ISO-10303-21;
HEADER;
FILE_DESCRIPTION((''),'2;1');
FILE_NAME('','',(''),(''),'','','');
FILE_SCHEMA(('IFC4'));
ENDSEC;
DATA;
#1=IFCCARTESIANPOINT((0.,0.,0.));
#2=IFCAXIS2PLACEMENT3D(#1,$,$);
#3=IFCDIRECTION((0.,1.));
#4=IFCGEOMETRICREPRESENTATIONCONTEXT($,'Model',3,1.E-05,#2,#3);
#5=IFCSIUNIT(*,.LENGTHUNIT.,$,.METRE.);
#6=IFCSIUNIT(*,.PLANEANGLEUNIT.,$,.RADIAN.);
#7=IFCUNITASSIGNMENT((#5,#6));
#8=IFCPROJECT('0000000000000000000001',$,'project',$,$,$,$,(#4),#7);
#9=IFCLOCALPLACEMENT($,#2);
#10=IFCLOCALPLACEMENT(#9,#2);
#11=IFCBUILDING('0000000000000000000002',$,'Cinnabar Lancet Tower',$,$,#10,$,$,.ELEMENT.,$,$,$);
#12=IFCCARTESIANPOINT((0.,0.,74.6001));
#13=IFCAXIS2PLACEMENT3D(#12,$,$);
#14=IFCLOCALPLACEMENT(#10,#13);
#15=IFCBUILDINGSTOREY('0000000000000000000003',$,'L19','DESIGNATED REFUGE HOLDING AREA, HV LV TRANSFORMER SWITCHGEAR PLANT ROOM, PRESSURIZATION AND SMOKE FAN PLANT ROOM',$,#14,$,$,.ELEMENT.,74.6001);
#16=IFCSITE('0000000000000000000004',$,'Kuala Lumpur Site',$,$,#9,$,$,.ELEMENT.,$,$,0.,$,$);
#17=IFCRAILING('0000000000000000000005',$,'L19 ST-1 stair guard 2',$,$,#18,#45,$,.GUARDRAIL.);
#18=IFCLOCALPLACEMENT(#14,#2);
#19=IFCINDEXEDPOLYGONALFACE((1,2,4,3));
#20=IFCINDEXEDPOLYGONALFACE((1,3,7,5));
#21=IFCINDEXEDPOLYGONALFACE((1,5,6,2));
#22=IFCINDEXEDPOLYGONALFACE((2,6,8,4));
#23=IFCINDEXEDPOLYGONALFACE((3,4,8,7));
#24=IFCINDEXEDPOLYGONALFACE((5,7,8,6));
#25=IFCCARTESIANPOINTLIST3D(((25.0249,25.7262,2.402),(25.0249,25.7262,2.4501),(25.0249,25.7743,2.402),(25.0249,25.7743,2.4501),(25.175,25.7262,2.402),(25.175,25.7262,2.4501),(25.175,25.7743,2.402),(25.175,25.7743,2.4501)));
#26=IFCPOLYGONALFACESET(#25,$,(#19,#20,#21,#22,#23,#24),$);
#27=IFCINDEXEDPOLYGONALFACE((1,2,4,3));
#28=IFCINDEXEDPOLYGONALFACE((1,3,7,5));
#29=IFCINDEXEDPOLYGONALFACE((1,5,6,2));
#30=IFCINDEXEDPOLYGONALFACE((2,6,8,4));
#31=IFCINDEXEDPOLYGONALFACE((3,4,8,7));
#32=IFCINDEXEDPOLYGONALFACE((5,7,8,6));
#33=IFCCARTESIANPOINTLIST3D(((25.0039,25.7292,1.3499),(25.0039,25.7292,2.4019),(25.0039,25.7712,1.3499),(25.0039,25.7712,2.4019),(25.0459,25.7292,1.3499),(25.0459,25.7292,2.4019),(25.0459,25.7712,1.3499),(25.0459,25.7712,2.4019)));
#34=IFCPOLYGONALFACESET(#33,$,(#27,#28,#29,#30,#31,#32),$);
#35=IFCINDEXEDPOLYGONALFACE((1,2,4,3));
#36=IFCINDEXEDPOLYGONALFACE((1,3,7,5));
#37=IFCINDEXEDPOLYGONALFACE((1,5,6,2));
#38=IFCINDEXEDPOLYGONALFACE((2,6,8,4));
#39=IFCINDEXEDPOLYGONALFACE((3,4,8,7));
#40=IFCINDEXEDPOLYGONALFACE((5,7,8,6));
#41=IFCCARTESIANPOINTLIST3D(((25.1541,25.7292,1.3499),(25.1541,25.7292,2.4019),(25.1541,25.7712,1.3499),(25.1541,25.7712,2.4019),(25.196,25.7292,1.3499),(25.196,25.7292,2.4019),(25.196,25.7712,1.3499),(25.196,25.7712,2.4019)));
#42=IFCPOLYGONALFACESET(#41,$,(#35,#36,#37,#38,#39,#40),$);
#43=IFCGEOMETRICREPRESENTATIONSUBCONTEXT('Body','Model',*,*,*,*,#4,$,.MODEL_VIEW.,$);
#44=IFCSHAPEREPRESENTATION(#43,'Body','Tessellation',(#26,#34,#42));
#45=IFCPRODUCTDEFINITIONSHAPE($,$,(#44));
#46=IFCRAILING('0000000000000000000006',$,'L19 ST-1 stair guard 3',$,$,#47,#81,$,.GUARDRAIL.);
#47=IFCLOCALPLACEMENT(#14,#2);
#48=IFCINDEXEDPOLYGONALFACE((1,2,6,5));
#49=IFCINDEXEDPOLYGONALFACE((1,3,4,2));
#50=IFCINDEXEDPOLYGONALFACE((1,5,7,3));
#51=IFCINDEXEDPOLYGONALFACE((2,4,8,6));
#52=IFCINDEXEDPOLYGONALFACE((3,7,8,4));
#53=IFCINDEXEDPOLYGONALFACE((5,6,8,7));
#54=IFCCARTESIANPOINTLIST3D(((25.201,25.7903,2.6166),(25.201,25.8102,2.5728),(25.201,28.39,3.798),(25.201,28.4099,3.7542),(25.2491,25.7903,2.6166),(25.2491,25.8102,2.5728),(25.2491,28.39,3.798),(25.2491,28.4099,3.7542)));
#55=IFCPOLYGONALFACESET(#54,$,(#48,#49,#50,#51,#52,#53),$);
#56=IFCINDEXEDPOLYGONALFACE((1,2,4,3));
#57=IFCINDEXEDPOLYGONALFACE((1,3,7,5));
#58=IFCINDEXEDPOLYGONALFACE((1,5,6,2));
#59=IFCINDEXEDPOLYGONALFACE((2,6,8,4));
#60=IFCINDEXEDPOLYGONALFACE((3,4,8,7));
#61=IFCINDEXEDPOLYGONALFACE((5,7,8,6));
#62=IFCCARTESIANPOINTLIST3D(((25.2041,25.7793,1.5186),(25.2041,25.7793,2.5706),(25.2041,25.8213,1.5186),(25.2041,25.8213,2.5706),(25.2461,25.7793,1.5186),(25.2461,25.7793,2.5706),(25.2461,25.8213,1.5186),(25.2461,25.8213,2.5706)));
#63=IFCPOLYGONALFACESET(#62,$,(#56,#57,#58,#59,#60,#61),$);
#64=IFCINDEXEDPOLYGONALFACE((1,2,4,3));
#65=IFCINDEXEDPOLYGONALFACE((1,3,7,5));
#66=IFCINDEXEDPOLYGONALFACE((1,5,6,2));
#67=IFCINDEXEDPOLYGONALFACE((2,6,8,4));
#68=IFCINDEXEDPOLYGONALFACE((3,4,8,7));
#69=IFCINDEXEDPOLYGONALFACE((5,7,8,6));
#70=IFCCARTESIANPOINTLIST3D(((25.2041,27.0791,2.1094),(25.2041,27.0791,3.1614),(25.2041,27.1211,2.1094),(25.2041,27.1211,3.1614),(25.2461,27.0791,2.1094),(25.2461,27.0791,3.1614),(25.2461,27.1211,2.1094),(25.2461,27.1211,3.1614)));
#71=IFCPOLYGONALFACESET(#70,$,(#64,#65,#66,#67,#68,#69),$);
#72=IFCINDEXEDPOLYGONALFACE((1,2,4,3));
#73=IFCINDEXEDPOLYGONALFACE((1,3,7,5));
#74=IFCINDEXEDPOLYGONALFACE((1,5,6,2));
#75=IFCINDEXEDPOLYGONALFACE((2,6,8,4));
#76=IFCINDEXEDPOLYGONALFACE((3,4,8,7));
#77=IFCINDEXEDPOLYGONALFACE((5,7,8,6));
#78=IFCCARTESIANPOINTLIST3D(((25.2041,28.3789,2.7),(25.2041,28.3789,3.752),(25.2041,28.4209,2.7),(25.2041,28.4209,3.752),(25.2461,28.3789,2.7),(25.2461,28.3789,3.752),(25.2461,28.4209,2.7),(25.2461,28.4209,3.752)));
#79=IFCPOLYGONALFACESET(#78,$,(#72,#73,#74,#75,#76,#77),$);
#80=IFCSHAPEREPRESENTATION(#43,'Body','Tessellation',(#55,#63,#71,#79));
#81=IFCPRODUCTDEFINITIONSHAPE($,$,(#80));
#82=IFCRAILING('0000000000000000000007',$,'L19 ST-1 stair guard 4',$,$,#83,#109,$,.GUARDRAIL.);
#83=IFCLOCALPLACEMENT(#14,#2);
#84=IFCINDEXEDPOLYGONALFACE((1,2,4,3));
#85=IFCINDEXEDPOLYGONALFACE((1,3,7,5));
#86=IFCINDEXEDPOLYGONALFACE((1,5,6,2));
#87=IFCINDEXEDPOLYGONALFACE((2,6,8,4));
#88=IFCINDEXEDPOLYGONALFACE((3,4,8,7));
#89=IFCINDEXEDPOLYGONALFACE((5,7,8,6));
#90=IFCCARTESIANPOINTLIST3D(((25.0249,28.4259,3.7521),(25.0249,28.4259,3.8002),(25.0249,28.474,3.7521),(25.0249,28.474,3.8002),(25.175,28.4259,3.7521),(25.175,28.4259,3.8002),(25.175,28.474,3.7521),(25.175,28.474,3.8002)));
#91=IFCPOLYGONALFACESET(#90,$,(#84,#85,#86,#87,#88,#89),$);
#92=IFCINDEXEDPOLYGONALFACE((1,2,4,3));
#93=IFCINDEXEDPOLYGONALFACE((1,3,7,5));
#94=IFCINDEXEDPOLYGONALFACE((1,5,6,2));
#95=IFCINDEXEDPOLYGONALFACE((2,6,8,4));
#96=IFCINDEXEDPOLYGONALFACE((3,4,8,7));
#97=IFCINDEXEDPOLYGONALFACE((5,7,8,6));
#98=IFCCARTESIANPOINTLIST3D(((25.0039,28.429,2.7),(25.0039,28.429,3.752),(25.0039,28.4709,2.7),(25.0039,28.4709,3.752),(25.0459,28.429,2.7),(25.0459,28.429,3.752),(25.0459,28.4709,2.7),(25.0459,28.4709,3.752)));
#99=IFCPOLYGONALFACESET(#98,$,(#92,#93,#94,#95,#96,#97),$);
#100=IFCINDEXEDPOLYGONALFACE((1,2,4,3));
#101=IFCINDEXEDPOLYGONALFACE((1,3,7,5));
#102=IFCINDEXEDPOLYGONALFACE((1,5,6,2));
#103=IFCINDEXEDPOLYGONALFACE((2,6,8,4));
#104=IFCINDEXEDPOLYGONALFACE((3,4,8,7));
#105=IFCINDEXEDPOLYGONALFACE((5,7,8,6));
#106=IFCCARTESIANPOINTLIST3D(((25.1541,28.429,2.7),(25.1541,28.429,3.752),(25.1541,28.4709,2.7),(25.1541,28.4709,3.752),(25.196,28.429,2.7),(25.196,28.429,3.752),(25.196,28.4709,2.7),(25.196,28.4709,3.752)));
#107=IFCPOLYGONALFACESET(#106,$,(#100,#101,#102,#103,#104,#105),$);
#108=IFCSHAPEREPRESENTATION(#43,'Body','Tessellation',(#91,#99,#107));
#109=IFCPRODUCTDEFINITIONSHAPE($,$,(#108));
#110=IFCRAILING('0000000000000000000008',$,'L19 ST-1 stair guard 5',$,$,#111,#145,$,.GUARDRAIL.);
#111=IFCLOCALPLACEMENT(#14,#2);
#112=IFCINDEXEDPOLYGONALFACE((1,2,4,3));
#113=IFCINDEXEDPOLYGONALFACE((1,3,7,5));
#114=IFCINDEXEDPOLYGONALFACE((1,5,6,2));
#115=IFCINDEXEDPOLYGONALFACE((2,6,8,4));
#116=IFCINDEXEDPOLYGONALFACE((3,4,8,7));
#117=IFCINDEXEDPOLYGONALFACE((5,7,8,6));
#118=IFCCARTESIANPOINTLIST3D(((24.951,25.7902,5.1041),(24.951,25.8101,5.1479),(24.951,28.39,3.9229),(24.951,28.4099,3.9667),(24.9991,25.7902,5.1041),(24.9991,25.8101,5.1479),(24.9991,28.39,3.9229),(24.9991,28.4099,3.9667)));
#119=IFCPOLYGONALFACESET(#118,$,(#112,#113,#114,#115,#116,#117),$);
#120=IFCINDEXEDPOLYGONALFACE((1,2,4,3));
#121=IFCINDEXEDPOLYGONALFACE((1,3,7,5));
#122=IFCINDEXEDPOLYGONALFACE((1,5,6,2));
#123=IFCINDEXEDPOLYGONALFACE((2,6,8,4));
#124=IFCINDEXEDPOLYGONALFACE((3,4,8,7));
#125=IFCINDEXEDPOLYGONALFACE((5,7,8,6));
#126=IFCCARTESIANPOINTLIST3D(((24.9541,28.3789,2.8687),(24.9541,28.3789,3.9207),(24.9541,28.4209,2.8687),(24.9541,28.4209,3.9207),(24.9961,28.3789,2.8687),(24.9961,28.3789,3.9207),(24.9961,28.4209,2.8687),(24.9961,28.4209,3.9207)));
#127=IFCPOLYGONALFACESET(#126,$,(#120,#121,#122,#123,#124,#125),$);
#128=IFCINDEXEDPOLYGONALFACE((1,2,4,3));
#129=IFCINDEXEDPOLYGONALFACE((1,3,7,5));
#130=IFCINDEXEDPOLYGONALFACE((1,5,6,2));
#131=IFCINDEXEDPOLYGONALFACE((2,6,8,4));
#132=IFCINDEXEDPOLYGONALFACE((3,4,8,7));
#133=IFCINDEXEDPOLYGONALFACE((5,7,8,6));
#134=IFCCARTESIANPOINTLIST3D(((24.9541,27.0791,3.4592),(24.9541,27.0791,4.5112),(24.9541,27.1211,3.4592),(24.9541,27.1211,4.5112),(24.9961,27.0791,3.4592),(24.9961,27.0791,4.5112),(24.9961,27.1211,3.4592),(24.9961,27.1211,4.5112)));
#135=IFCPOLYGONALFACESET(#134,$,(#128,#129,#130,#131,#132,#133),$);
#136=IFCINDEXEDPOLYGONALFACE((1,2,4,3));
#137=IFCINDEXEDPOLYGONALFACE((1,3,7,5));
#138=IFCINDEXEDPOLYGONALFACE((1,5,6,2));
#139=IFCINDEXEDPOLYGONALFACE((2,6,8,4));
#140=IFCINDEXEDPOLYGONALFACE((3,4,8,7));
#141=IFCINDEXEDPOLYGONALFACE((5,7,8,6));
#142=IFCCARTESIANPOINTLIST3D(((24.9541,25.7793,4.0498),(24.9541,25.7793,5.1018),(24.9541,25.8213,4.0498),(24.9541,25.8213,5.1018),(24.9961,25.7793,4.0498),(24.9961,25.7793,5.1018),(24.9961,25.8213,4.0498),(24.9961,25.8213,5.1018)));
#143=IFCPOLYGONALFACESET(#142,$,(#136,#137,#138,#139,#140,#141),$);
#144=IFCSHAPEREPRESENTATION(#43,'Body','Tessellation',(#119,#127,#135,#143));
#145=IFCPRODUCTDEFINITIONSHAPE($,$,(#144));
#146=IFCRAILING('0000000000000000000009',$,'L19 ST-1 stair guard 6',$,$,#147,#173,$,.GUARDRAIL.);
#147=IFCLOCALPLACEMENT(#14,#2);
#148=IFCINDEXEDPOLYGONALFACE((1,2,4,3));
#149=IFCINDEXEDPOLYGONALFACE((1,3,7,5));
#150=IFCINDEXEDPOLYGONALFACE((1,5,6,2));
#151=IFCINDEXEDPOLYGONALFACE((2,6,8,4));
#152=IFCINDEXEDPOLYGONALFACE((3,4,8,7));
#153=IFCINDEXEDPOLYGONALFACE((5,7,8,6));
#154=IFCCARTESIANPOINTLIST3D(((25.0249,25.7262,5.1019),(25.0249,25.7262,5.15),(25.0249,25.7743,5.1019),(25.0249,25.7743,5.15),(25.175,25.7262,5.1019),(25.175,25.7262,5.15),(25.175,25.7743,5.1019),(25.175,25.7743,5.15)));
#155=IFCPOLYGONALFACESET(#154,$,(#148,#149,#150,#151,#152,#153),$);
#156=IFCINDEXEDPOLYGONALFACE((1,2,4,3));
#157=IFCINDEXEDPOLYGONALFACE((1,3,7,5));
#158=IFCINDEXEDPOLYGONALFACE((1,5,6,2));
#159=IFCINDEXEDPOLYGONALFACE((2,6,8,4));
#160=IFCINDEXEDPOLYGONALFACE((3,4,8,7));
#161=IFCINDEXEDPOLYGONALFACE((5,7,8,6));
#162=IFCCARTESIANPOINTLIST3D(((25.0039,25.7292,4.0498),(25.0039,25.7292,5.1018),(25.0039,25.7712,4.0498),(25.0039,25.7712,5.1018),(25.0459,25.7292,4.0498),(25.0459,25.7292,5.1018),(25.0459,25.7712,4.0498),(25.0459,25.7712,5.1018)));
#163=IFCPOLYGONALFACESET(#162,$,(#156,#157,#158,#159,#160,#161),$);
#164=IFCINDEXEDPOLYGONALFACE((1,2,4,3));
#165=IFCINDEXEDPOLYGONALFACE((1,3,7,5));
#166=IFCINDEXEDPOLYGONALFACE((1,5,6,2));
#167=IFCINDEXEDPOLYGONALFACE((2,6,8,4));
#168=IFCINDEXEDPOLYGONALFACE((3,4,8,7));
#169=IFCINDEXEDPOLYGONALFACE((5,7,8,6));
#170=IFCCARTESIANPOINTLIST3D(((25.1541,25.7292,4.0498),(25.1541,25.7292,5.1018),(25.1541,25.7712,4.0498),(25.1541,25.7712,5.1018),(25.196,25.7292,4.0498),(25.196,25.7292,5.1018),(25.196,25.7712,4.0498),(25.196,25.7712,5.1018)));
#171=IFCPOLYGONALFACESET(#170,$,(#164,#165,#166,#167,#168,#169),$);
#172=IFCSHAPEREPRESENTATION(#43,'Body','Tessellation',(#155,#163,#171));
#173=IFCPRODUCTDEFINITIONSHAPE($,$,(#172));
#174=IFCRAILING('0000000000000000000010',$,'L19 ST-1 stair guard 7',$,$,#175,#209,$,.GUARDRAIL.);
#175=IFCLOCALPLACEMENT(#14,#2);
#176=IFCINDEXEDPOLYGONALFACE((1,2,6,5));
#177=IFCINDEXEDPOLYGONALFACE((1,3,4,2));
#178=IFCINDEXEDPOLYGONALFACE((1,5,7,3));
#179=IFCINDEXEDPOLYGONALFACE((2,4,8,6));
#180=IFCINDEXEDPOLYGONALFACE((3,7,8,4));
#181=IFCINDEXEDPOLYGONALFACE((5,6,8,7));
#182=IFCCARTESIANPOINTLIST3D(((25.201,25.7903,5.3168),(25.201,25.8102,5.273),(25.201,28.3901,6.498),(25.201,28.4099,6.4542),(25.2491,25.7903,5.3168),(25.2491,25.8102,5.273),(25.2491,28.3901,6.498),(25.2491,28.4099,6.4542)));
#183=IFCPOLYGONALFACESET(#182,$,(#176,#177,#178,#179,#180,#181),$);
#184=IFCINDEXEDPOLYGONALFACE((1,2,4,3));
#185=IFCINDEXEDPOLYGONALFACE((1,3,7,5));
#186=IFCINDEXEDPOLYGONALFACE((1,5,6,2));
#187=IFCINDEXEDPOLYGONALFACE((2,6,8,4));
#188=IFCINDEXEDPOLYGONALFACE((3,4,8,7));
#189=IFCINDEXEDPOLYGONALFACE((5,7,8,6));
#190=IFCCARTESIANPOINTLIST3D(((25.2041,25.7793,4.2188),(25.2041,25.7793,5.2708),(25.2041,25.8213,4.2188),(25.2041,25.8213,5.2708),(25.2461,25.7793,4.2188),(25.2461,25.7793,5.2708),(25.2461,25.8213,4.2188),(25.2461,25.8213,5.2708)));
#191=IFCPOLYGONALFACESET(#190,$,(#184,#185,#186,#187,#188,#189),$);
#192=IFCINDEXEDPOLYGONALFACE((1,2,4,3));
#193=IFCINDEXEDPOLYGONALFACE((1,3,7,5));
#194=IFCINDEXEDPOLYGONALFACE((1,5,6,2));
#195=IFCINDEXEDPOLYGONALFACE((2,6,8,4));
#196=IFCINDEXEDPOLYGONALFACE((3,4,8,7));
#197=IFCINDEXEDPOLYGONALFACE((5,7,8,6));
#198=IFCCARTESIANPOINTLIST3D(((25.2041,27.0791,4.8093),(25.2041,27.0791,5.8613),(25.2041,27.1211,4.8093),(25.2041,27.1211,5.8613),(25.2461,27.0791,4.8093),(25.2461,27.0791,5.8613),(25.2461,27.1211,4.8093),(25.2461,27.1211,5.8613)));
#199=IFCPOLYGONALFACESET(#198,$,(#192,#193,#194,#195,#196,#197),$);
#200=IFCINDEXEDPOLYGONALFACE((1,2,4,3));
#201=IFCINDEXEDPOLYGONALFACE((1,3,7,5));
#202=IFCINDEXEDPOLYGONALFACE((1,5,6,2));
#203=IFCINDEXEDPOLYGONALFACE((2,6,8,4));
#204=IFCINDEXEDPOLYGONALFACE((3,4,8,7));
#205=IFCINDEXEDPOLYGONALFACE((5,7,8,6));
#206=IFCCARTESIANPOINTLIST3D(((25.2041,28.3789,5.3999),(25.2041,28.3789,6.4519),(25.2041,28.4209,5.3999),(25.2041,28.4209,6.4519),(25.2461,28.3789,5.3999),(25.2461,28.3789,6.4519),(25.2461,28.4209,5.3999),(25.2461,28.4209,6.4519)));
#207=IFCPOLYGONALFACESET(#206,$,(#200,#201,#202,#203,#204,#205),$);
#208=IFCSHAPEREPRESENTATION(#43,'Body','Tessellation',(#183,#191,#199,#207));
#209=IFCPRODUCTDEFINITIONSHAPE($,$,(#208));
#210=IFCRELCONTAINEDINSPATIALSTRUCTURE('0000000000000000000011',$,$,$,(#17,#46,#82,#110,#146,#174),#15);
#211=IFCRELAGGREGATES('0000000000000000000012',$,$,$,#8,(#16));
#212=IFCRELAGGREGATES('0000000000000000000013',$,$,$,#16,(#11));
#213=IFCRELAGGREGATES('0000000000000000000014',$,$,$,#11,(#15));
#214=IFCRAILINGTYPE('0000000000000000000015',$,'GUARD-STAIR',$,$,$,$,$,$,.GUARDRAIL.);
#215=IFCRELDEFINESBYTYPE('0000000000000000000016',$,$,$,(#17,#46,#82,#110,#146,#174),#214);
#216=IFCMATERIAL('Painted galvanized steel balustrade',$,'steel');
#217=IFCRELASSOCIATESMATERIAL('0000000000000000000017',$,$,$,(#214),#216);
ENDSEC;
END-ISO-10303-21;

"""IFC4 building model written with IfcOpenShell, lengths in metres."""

from ifc_helpers import new_model, si_unit, direction, frame, origin, origin_2d, place, context, subcontext, project, spatial, rectangle, extrude, material, type_object, element, save


model = new_model("IFC4")

# Units and contexts
model_context = context("Model", 3, precision=1e-05, world=origin(), true_north=direction((0.0, 1.0)))
body_context = subcontext(model_context, "Body", "Model", "MODEL_VIEW")
ifc_project = project(units=[si_unit("LENGTHUNIT", "METRE"), si_unit("PLANEANGLEUNIT", "RADIAN")], contexts=[model_context])

# Site, building, storey
site_placement = place(None, origin())
site = spatial("IfcSite", under=ifc_project, at=site_placement, Name="Kuala Lumpur Site", CompositionType="ELEMENT", RefElevation=0.0)
building_placement = place(site_placement, origin())
building = spatial("IfcBuilding", under=site, at=building_placement, Name="Cinnabar Lancet Tower", CompositionType="ELEMENT")
storey_placement = place(building_placement, frame((0.0, 0.0, 74.6001)))
storey = spatial("IfcBuildingStorey", under=building, at=storey_placement, Name="L19", Description="DESIGNATED REFUGE HOLDING AREA, HV LV TRANSFORMER SWITCHGEAR PLANT ROOM, PRESSURIZATION AND SMOKE FAN PLANT ROOM", CompositionType="ELEMENT", Elevation=74.6001)

# Railings
ifc_material_1 = material(Name="Painted galvanized steel balustrade", Category="steel")
railing_type_1 = type_object("IfcRailingType", Name="GUARD-STAIR", PredefinedType="GUARDRAIL", material=ifc_material_1)
railing_1_placement = place(storey_placement, frame((25.0249, 25.7502, 1.3499)))
element("IfcRailing", 1, at=railing_1_placement, inside=storey, type_object=railing_type_1, Name="L19 ST-1 stair guard 2", PredefinedType="GUARDRAIL", context=body_context, shape_type="SweptSolid", body=[
    extrude(rectangle(XDim=0.0481, YDim=0.0481, at=origin_2d()), frame((0.0, 0.0, 1.0762), z_axis=(1.0, 0.0, 0.0), x_axis=(0.0, 1.0, 0.0)), (0.0, 0.0, 1.0), 0.1501),
    extrude(rectangle(XDim=0.042, YDim=0.042, at=origin_2d()), origin(), (0.0, 0.0, 1.0), 1.052),
    extrude(rectangle(XDim=0.042, YDim=0.042, at=origin_2d()), frame((0.1501, 0.0, 0.0)), (0.0, 0.0, 1.0), 1.052),
])
railing_2_placement = place(storey_placement, frame((25.2251, 25.8003, 1.5186)))
element("IfcRailing", 2, at=railing_2_placement, inside=storey, type_object=railing_type_1, Name="L19 ST-1 stair guard 3", PredefinedType="GUARDRAIL", context=body_context, shape_type="SweptSolid", body=[
    extrude(rectangle(XDim=0.0481, YDim=0.0481, at=origin_2d()), frame((0.0, 0.0, 1.0762), z_axis=(0.0, 0.910399, 0.413732), x_axis=(-1.0, 0.0, 0.0)), (0.0, 0.0, 1.0), 2.8555),
    extrude(rectangle(XDim=0.042, YDim=0.042, at=origin_2d()), origin(), (0.0, 0.0, 1.0), 1.052),
    extrude(rectangle(XDim=0.042, YDim=0.042, at=origin_2d()), frame((0.0, 1.2998, 0.5908)), (0.0, 0.0, 1.0), 1.052),
    extrude(rectangle(XDim=0.042, YDim=0.042, at=origin_2d()), frame((0.0, 2.5996, 1.1814)), (0.0, 0.0, 1.0), 1.052),
])
railing_3_placement = place(storey_placement, frame((25.0249, 28.45, 2.7)))
element("IfcRailing", 3, at=railing_3_placement, inside=storey, type_object=railing_type_1, Name="L19 ST-1 stair guard 4", PredefinedType="GUARDRAIL", context=body_context, shape_type="SweptSolid", body=[
    extrude(rectangle(XDim=0.0481, YDim=0.0481, at=origin_2d()), frame((0.0, 0.0, 1.0762), z_axis=(1.0, 0.0, 0.0), x_axis=(0.0, 1.0, 0.0)), (0.0, 0.0, 1.0), 0.1501),
    extrude(rectangle(XDim=0.042, YDim=0.042, at=origin_2d()), origin(), (0.0, 0.0, 1.0), 1.052),
    extrude(rectangle(XDim=0.042, YDim=0.042, at=origin_2d()), frame((0.1501, 0.0, 0.0)), (0.0, 0.0, 1.0), 1.052),
])
railing_4_placement = place(storey_placement, frame((24.9751, 28.3999, 2.8687)))
element("IfcRailing", 4, at=railing_4_placement, inside=storey, type_object=railing_type_1, Name="L19 ST-1 stair guard 5", PredefinedType="GUARDRAIL", context=body_context, shape_type="SweptSolid", body=[
    extrude(rectangle(XDim=0.0481, YDim=0.0481, at=origin_2d()), frame((0.0, 0.0, 1.0762), z_axis=(0.0, -0.910431, 0.413661), x_axis=(1.0, 0.0, 0.0)), (0.0, 0.0, 1.0), 2.8555),
    extrude(rectangle(XDim=0.042, YDim=0.042, at=origin_2d()), origin(), (0.0, 0.0, 1.0), 1.052),
    extrude(rectangle(XDim=0.042, YDim=0.042, at=origin_2d()), frame((0.0, -1.2998, 0.5906)), (0.0, 0.0, 1.0), 1.052),
    extrude(rectangle(XDim=0.042, YDim=0.042, at=origin_2d()), frame((0.0, -2.5996, 1.1812)), (0.0, 0.0, 1.0), 1.052),
])
railing_5_placement = place(storey_placement, frame((25.0249, 25.7502, 4.0498)))
element("IfcRailing", 5, at=railing_5_placement, inside=storey, type_object=railing_type_1, Name="L19 ST-1 stair guard 6", PredefinedType="GUARDRAIL", context=body_context, shape_type="SweptSolid", body=[
    extrude(rectangle(XDim=0.0481, YDim=0.0481, at=origin_2d()), frame((0.0, 0.0, 1.0762), z_axis=(1.0, 0.0, 0.0), x_axis=(0.0, 1.0, 0.0)), (0.0, 0.0, 1.0), 0.1501),
    extrude(rectangle(XDim=0.042, YDim=0.042, at=origin_2d()), origin(), (0.0, 0.0, 1.0), 1.052),
    extrude(rectangle(XDim=0.042, YDim=0.042, at=origin_2d()), frame((0.1501, 0.0, 0.0)), (0.0, 0.0, 1.0), 1.052),
])
railing_6_placement = place(storey_placement, frame((25.2251, 25.8003, 4.2188)))
element("IfcRailing", 6, at=railing_6_placement, inside=storey, type_object=railing_type_1, Name="L19 ST-1 stair guard 7", PredefinedType="GUARDRAIL", context=body_context, shape_type="SweptSolid", body=[
    extrude(rectangle(XDim=0.0481, YDim=0.0481, at=origin_2d()), frame((0.0, 0.0, 1.0762), z_axis=(0.0, 0.910431, 0.413661), x_axis=(-1.0, 0.0, 0.0)), (0.0, 0.0, 1.0), 2.8555),
    extrude(rectangle(XDim=0.042, YDim=0.042, at=origin_2d()), origin(), (0.0, 0.0, 1.0), 1.052),
    extrude(rectangle(XDim=0.042, YDim=0.042, at=origin_2d()), frame((0.0, 1.2998, 0.5906)), (0.0, 0.0, 1.0), 1.052),
    extrude(rectangle(XDim=0.042, YDim=0.042, at=origin_2d()), frame((0.0, 2.5996, 1.1812)), (0.0, 0.0, 1.0), 1.052),
])

save(model, "model.ifc")
